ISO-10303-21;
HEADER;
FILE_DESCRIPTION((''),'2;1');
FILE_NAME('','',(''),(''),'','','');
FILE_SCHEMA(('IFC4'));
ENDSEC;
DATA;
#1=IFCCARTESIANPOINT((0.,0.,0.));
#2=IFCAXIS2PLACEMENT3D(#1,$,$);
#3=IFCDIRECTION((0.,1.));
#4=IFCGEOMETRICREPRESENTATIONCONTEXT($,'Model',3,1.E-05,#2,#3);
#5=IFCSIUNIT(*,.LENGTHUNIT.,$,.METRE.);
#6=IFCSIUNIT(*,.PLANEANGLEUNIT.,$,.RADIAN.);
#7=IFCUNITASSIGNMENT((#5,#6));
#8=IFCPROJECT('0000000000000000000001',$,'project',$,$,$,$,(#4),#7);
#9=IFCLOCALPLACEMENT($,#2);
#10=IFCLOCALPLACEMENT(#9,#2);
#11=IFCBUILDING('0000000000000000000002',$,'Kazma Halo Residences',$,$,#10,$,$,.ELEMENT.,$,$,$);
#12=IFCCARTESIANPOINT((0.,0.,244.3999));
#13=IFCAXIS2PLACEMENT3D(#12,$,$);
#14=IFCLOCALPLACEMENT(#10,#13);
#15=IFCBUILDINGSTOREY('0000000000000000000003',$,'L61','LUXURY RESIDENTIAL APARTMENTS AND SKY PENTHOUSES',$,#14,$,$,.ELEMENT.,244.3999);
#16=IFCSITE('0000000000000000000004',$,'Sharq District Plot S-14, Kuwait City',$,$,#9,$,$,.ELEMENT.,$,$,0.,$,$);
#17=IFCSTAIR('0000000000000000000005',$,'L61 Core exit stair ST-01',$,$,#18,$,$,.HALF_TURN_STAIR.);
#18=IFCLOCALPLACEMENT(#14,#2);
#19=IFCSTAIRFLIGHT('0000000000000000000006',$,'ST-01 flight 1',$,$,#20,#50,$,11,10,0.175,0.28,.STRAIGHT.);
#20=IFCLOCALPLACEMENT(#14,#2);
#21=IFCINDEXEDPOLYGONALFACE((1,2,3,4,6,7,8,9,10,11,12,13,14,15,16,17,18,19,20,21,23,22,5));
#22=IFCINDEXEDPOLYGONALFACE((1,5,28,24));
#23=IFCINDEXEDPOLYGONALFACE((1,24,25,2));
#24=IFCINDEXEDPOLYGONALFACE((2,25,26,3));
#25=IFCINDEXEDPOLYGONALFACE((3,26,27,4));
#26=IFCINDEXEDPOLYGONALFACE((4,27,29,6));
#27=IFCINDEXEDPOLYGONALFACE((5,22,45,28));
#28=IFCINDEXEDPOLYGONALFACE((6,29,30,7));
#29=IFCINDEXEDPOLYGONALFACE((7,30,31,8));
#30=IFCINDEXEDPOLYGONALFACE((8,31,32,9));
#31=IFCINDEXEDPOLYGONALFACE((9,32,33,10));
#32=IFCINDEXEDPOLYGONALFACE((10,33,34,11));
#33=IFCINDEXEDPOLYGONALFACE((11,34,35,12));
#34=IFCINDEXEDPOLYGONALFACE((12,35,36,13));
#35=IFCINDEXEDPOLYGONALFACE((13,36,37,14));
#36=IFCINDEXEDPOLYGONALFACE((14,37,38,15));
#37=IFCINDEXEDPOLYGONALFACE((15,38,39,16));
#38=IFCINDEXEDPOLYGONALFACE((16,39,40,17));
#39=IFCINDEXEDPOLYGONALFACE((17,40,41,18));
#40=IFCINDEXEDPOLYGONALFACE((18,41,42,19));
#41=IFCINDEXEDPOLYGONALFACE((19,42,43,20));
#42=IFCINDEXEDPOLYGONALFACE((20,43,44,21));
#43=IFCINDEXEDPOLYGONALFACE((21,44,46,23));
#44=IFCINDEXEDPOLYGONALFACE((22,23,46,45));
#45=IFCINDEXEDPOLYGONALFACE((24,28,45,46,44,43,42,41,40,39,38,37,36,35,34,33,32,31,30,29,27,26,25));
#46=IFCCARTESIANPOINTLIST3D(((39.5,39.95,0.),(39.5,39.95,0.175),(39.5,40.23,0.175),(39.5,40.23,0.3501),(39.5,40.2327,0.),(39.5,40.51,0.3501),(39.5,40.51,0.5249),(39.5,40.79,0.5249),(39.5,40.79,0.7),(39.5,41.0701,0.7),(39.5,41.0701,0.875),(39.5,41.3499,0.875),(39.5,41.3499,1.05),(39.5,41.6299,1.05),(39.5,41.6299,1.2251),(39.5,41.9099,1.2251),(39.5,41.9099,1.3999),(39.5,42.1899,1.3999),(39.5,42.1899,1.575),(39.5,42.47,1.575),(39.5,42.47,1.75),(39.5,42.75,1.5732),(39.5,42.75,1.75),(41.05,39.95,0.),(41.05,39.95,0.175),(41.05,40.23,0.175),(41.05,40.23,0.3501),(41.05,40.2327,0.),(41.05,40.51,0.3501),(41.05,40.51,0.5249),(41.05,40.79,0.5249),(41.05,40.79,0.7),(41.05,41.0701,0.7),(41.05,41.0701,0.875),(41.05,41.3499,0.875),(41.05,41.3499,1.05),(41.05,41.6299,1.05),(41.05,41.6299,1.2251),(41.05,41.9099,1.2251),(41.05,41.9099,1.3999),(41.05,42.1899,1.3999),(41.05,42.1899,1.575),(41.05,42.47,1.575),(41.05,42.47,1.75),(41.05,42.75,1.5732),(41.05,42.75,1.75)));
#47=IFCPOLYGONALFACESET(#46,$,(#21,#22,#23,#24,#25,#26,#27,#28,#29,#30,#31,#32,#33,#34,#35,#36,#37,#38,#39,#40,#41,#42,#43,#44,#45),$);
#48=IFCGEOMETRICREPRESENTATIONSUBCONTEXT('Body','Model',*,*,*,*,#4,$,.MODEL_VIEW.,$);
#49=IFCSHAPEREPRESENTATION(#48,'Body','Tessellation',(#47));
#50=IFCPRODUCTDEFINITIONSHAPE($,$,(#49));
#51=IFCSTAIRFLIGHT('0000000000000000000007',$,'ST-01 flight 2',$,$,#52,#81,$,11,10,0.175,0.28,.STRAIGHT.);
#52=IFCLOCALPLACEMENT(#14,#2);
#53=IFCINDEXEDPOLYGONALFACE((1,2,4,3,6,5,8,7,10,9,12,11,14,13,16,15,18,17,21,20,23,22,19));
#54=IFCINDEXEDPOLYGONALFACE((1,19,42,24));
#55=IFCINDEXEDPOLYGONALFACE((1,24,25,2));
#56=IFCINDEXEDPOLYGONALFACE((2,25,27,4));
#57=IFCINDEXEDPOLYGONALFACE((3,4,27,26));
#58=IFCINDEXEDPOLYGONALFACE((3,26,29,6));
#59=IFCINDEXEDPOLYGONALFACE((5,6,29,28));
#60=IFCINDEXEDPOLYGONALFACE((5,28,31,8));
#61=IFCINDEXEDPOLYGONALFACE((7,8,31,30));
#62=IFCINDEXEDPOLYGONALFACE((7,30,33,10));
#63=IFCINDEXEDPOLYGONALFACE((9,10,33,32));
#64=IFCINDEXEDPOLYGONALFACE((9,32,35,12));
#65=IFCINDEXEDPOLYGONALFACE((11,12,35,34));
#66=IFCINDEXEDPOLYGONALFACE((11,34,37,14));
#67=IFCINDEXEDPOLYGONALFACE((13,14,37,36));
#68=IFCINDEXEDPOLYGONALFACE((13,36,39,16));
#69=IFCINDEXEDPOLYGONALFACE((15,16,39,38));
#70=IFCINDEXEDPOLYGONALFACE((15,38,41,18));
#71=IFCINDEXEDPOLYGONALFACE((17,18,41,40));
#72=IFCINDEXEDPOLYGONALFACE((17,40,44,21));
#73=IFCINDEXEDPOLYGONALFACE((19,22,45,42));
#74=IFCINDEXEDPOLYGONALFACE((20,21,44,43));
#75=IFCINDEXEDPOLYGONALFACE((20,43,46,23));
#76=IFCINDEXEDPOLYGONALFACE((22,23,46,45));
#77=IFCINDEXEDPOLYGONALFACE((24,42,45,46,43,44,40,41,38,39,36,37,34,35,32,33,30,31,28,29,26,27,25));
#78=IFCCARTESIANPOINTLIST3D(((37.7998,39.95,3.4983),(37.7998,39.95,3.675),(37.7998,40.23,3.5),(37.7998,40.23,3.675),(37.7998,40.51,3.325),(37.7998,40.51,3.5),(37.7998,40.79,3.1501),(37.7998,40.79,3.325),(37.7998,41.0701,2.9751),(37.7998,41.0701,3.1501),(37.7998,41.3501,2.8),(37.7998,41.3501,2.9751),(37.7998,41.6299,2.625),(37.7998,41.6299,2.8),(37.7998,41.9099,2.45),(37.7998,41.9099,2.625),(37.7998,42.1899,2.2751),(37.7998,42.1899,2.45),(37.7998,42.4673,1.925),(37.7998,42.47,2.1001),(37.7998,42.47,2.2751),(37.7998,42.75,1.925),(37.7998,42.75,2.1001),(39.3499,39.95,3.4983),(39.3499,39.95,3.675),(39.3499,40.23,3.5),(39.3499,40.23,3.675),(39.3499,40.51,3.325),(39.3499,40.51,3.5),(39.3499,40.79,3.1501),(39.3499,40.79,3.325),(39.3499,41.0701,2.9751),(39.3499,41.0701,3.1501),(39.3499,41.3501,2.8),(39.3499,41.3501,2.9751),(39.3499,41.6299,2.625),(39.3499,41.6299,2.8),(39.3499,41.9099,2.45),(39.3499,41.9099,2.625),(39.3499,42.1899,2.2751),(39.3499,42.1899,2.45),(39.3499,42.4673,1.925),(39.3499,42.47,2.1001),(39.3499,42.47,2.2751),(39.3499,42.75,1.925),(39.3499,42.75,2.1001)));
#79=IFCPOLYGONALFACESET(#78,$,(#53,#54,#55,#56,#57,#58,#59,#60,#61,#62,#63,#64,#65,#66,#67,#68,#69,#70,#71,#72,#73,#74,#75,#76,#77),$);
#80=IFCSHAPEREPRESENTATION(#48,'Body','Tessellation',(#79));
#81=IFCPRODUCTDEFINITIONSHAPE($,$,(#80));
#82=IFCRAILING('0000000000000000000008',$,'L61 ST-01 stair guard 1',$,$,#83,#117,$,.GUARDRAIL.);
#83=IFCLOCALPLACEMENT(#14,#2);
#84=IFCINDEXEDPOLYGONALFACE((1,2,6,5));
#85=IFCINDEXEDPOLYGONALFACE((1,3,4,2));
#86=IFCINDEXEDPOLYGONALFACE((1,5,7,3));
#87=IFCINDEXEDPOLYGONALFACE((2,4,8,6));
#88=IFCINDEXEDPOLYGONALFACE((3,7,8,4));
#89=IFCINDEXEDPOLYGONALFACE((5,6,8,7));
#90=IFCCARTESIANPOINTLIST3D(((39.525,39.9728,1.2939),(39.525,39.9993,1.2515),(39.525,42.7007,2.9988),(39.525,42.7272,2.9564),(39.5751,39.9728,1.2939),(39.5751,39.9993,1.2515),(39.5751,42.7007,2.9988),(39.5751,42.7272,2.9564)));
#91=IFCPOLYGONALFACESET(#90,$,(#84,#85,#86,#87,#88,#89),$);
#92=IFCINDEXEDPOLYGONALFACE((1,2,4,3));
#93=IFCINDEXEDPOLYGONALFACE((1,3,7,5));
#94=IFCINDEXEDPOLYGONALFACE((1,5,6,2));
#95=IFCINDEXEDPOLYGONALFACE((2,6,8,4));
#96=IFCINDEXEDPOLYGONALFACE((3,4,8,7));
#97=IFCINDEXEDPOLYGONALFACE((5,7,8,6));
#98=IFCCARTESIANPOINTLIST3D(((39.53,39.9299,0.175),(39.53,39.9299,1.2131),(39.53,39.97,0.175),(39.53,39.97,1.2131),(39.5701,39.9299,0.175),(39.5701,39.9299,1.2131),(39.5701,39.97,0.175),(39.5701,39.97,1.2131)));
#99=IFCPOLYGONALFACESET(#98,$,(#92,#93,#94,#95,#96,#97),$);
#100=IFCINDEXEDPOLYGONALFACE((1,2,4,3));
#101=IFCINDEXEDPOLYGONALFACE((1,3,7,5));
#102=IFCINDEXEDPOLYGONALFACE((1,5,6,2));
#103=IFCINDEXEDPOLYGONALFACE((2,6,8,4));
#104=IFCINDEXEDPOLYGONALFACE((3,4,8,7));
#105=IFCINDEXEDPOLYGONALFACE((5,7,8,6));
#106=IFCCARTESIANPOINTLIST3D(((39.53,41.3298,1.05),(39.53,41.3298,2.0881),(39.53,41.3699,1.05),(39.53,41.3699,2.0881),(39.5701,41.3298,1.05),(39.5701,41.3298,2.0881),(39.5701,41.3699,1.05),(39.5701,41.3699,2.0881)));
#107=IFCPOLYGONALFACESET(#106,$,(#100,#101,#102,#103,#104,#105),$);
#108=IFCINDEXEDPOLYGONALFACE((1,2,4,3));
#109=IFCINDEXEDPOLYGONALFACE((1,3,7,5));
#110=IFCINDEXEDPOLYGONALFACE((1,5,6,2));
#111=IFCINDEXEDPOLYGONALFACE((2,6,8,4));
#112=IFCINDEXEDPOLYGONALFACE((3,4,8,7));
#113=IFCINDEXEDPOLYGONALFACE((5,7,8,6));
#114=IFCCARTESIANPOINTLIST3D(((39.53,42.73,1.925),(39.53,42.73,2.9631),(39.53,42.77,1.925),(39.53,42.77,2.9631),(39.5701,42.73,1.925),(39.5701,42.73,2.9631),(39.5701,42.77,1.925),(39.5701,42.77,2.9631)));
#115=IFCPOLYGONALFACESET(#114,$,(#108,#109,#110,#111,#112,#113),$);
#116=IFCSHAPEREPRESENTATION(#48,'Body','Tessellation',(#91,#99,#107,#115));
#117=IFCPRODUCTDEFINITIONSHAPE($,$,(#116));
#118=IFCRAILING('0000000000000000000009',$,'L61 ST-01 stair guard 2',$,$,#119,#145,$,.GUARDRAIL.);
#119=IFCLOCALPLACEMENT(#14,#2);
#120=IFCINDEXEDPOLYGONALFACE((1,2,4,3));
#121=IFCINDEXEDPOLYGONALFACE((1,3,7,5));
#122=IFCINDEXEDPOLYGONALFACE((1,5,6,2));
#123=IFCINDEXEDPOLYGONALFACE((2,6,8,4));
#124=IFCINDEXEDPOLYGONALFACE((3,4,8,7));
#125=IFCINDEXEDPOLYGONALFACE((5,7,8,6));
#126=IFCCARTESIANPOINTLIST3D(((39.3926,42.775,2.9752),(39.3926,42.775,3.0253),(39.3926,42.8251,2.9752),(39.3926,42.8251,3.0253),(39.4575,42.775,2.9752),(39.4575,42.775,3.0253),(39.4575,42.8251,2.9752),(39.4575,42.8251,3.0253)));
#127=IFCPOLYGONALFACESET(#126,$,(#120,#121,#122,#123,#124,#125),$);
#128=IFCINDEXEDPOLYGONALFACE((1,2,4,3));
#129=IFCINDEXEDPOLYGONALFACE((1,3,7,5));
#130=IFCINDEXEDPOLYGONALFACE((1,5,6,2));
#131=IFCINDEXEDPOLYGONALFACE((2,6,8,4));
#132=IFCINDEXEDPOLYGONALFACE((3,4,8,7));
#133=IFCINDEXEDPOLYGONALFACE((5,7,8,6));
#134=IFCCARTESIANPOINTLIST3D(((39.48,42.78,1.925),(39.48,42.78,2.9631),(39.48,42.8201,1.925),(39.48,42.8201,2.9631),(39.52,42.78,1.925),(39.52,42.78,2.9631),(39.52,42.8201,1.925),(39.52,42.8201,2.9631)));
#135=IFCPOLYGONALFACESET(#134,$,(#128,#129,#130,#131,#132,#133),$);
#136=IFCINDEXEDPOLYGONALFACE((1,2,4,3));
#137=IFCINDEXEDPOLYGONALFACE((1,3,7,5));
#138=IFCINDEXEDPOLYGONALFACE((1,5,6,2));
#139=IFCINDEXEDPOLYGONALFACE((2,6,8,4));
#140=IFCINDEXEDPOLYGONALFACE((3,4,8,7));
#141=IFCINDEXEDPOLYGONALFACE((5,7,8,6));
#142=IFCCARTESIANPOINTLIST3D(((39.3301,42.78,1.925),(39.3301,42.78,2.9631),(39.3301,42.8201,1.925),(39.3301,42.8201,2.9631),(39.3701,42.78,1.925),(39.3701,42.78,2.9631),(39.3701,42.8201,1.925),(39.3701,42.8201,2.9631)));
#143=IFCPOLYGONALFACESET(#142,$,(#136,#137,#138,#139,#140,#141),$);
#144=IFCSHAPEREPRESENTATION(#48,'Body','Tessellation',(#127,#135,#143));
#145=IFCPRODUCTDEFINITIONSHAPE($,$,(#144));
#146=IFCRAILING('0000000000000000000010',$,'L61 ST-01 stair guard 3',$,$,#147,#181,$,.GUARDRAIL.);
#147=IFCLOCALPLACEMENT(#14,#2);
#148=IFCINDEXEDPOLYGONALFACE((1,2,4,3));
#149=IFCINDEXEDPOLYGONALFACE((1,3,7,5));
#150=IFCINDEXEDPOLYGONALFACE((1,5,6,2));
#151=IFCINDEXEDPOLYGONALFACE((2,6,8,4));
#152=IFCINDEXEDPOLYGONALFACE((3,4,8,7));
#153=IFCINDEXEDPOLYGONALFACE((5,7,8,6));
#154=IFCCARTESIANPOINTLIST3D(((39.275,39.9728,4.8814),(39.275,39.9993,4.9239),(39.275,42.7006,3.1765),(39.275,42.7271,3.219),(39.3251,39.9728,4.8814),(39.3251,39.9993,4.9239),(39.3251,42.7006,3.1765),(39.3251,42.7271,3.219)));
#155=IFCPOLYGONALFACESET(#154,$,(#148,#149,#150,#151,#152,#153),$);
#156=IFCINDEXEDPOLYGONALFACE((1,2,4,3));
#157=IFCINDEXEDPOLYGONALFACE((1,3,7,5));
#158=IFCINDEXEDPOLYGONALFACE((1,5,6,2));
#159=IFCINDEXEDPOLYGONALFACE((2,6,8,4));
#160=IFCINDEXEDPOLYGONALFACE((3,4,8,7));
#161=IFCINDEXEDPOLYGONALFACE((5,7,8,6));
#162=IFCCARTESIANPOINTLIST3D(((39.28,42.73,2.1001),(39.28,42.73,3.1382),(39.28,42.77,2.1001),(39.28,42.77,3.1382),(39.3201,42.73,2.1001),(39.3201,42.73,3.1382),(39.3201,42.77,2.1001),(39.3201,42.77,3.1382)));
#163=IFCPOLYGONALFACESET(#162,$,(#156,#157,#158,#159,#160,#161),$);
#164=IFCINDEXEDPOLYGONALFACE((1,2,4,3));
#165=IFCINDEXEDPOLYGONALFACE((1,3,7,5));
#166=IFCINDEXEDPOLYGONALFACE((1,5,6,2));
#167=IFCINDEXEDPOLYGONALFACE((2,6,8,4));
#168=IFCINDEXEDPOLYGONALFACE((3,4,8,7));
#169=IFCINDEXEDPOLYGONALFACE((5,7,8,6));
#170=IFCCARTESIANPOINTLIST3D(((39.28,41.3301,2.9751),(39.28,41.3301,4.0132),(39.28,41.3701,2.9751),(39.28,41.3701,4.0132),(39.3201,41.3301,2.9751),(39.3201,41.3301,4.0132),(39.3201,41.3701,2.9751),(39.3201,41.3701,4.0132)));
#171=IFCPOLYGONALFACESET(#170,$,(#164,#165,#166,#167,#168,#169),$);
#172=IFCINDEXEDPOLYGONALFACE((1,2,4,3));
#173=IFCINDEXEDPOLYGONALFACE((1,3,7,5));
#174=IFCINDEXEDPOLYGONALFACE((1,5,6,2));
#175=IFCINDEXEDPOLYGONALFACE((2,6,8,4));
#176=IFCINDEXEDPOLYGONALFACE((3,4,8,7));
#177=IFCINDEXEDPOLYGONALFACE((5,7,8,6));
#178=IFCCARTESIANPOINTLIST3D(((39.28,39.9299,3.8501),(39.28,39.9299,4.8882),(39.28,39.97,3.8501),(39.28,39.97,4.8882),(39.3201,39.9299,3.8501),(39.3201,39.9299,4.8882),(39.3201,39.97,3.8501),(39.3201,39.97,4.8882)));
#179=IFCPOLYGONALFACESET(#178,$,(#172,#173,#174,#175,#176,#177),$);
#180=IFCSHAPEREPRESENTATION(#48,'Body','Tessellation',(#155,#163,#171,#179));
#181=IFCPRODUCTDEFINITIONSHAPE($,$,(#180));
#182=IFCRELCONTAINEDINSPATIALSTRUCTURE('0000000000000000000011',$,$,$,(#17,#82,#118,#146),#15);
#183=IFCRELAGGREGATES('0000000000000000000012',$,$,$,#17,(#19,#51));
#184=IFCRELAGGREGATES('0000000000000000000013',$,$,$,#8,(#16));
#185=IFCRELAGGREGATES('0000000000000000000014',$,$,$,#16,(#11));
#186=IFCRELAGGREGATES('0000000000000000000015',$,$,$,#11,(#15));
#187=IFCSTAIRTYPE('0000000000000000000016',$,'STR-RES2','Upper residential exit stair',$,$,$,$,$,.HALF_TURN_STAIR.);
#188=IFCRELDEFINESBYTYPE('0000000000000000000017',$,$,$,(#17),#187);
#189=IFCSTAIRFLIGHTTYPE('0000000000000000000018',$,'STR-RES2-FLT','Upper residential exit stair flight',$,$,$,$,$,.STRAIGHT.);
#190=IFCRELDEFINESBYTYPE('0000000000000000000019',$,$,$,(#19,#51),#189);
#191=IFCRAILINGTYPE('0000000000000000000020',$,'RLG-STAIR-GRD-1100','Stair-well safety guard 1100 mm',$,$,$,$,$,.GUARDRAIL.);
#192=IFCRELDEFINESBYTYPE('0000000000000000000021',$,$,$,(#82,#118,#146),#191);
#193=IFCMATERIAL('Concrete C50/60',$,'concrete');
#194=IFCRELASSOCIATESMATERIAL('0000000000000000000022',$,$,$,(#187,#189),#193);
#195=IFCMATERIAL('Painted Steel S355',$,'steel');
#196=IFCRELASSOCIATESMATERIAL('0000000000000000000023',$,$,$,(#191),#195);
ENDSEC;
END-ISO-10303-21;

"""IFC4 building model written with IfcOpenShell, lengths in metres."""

from ifc_helpers import new_model, si_unit, direction, frame, origin, origin_2d, place, context, subcontext, project, spatial, polyline, rectangle, outline, extrude, material, type_object, element, aggregate, save


model = new_model("IFC4")

# Units and contexts
model_context = context("Model", 3, precision=1e-05, world=origin(), true_north=direction((0.0, 1.0)))
body_context = subcontext(model_context, "Body", "Model", "MODEL_VIEW")
ifc_project = project(units=[si_unit("LENGTHUNIT", "METRE"), si_unit("PLANEANGLEUNIT", "RADIAN")], contexts=[model_context])

# Site, building, storey
site_placement = place(None, origin())
site = spatial("IfcSite", under=ifc_project, at=site_placement, Name="Sharq District Plot S-14, Kuwait City", CompositionType="ELEMENT", RefElevation=0.0)
building_placement = place(site_placement, origin())
building = spatial("IfcBuilding", under=site, at=building_placement, Name="Kazma Halo Residences", CompositionType="ELEMENT")
storey_placement = place(building_placement, frame((0.0, 0.0, 244.3999)))
storey = spatial("IfcBuildingStorey", under=building, at=storey_placement, Name="L61", Description="LUXURY RESIDENTIAL APARTMENTS AND SKY PENTHOUSES", CompositionType="ELEMENT", Elevation=244.3999)

# Stair, stair flights
ifc_material_1 = material(Name="Concrete C50/60", Category="concrete")
stair_type = type_object("IfcStairType", Name="STR-RES2", Description="Upper residential exit stair", PredefinedType="HALF_TURN_STAIR", material=ifc_material_1)
stair_placement = place(storey_placement, origin())
stair = element("IfcStair", 1, at=stair_placement, inside=storey, type_object=stair_type, Name="L61 Core exit stair ST-01", PredefinedType="HALF_TURN_STAIR")
stair_flight_type = type_object("IfcStairFlightType", Name="STR-RES2-FLT", Description="Upper residential exit stair flight", PredefinedType="STRAIGHT", material=ifc_material_1)
stair_flight_1_placement = place(storey_placement, frame((40.2749, 39.95, 0.0), z_axis=(0.0, 0.0, 1.0), x_axis=(0.0, 1.0, 0.0)))
stair_flight_1 = element("IfcStairFlight", 2, at=stair_flight_1_placement, type_object=stair_flight_type, Name="ST-01 flight 1", NumberOfRisers=11, NumberOfTreads=10, PredefinedType="STRAIGHT", RiserHeight=0.175, TreadLength=0.28, context=body_context, shape_type="SweptSolid", body=[
    extrude(outline(polyline([(0.0, 0.0), (0.0, 0.175), (0.28, 0.175), (0.28, 0.3501), (0.5601, 0.3501), (0.5601, 0.5249), (0.8401, 0.5249), (0.8401, 0.7), (1.1201, 0.7), (1.1201, 0.875), (1.3999, 0.875), (1.3999, 1.05), (1.6799, 1.05), (1.6799, 1.2251), (1.96, 1.2251), (1.96, 1.3999), (2.24, 1.3999), (2.24, 1.575), (2.52, 1.575), (2.52, 1.75), (2.8, 1.75), (2.8, 1.925), (2.8, 1.5732), (0.2827, 0.0), (0.0, 0.0)])), frame((0.0, 0.7749, 0.0), z_axis=(0.0, -1.0, 0.0), x_axis=(1.0, 0.0, 0.0)), (0.0, 0.0, 1.0), 1.55),
])
stair_flight_2_placement = place(storey_placement, frame((38.575, 42.75, 1.925), z_axis=(0.0, 0.0, 1.0), x_axis=(0.0, -1.0, 0.0)))
stair_flight_2 = element("IfcStairFlight", 3, at=stair_flight_2_placement, type_object=stair_flight_type, Name="ST-01 flight 2", NumberOfRisers=11, NumberOfTreads=10, PredefinedType="STRAIGHT", RiserHeight=0.175, TreadLength=0.28, context=body_context, shape_type="SweptSolid", body=[
    extrude(outline(polyline([(0.0, 0.0), (0.0, 0.175), (0.28, 0.175), (0.28, 0.3501), (0.5601, 0.3501), (0.5601, 0.5249), (0.8401, 0.5249), (0.8401, 0.7), (1.1201, 0.7), (1.1201, 0.875), (1.3999, 0.875), (1.3999, 1.05), (1.6799, 1.05), (1.6799, 1.2251), (1.96, 1.2251), (1.96, 1.3999), (2.24, 1.3999), (2.24, 1.575), (2.52, 1.575), (2.52, 1.75), (2.8, 1.75), (2.8, 1.925), (2.8, 1.5732), (0.2827, 0.0), (0.0, 0.0)])), frame((0.0, 0.7749, 0.0), z_axis=(0.0, -1.0, 0.0), x_axis=(1.0, 0.0, 0.0)), (0.0, 0.0, 1.0), 1.55),
])
aggregate(stair, [stair_flight_1, stair_flight_2])

# Railings
ifc_material_2 = material(Name="Painted Steel S355", Category="steel")
railing_type_1 = type_object("IfcRailingType", Name="RLG-STAIR-GRD-1100", Description="Stair-well safety guard 1100 mm", PredefinedType="GUARDRAIL", material=ifc_material_2)
railing_1_placement = place(storey_placement, frame((39.55, 39.95, 0.175)))
element("IfcRailing", 4, at=railing_1_placement, inside=storey, type_object=railing_type_1, Name="L61 ST-01 stair guard 1", PredefinedType="GUARDRAIL", context=body_context, shape_type="SweptSolid", body=[
    extrude(rectangle(XDim=0.05, YDim=0.05, at=origin_2d()), frame((0.0, 0.0361, 1.0977), z_axis=(0.0, 0.848002, 0.529992), x_axis=(-1.0, 0.0, 0.0)), (0.0, 0.0, 1.0), 3.2168),
    extrude(rectangle(XDim=0.04, YDim=0.04, at=origin_2d()), origin(), (0.0, 0.0, 1.0), 1.0381),
    extrude(rectangle(XDim=0.04, YDim=0.04, at=origin_2d()), frame((0.0, 1.3999, 0.875)), (0.0, 0.0, 1.0), 1.0381),
    extrude(rectangle(XDim=0.04, YDim=0.04, at=origin_2d()), frame((0.0, 2.8, 1.75)), (0.0, 0.0, 1.0), 1.0381),
])
railing_2_placement = place(storey_placement, frame((39.5, 42.8, 1.925)))
element("IfcRailing", 5, at=railing_2_placement, inside=storey, type_object=railing_type_1, Name="L61 ST-01 stair guard 2", PredefinedType="GUARDRAIL", context=body_context, shape_type="SweptSolid", body=[
    extrude(rectangle(XDim=0.05, YDim=0.05, at=origin_2d()), frame((-0.0425, 0.0, 1.0752), z_axis=(-1.0, 0.0, 0.0), x_axis=(0.0, -1.0, 0.0)), (0.0, 0.0, 1.0), 0.0649),
    extrude(rectangle(XDim=0.04, YDim=0.04, at=origin_2d()), origin(), (0.0, 0.0, 1.0), 1.0381),
    extrude(rectangle(XDim=0.04, YDim=0.04, at=origin_2d()), frame((-0.1499, 0.0, 0.0)), (0.0, 0.0, 1.0), 1.0381),
])
railing_3_placement = place(storey_placement, frame((39.3, 42.75, 2.1001)))
element("IfcRailing", 6, at=railing_3_placement, inside=storey, type_object=railing_type_1, Name="L61 ST-01 stair guard 3", PredefinedType="GUARDRAIL", context=body_context, shape_type="SweptSolid", body=[
    extrude(rectangle(XDim=0.05, YDim=0.05, at=origin_2d()), frame((0.0, -0.0361, 1.0977), z_axis=(0.0, -0.848002, 0.529992), x_axis=(1.0, 0.0, 0.0)), (0.0, 0.0, 1.0), 3.2168),
    extrude(rectangle(XDim=0.04, YDim=0.04, at=origin_2d()), origin(), (0.0, 0.0, 1.0), 1.0381),
    extrude(rectangle(XDim=0.04, YDim=0.04, at=origin_2d()), frame((0.0, -1.3999, 0.875)), (0.0, 0.0, 1.0), 1.0381),
    extrude(rectangle(XDim=0.04, YDim=0.04, at=origin_2d()), frame((0.0, -2.8, 1.75)), (0.0, 0.0, 1.0), 1.0381),
])

save(model, "model.ifc")
